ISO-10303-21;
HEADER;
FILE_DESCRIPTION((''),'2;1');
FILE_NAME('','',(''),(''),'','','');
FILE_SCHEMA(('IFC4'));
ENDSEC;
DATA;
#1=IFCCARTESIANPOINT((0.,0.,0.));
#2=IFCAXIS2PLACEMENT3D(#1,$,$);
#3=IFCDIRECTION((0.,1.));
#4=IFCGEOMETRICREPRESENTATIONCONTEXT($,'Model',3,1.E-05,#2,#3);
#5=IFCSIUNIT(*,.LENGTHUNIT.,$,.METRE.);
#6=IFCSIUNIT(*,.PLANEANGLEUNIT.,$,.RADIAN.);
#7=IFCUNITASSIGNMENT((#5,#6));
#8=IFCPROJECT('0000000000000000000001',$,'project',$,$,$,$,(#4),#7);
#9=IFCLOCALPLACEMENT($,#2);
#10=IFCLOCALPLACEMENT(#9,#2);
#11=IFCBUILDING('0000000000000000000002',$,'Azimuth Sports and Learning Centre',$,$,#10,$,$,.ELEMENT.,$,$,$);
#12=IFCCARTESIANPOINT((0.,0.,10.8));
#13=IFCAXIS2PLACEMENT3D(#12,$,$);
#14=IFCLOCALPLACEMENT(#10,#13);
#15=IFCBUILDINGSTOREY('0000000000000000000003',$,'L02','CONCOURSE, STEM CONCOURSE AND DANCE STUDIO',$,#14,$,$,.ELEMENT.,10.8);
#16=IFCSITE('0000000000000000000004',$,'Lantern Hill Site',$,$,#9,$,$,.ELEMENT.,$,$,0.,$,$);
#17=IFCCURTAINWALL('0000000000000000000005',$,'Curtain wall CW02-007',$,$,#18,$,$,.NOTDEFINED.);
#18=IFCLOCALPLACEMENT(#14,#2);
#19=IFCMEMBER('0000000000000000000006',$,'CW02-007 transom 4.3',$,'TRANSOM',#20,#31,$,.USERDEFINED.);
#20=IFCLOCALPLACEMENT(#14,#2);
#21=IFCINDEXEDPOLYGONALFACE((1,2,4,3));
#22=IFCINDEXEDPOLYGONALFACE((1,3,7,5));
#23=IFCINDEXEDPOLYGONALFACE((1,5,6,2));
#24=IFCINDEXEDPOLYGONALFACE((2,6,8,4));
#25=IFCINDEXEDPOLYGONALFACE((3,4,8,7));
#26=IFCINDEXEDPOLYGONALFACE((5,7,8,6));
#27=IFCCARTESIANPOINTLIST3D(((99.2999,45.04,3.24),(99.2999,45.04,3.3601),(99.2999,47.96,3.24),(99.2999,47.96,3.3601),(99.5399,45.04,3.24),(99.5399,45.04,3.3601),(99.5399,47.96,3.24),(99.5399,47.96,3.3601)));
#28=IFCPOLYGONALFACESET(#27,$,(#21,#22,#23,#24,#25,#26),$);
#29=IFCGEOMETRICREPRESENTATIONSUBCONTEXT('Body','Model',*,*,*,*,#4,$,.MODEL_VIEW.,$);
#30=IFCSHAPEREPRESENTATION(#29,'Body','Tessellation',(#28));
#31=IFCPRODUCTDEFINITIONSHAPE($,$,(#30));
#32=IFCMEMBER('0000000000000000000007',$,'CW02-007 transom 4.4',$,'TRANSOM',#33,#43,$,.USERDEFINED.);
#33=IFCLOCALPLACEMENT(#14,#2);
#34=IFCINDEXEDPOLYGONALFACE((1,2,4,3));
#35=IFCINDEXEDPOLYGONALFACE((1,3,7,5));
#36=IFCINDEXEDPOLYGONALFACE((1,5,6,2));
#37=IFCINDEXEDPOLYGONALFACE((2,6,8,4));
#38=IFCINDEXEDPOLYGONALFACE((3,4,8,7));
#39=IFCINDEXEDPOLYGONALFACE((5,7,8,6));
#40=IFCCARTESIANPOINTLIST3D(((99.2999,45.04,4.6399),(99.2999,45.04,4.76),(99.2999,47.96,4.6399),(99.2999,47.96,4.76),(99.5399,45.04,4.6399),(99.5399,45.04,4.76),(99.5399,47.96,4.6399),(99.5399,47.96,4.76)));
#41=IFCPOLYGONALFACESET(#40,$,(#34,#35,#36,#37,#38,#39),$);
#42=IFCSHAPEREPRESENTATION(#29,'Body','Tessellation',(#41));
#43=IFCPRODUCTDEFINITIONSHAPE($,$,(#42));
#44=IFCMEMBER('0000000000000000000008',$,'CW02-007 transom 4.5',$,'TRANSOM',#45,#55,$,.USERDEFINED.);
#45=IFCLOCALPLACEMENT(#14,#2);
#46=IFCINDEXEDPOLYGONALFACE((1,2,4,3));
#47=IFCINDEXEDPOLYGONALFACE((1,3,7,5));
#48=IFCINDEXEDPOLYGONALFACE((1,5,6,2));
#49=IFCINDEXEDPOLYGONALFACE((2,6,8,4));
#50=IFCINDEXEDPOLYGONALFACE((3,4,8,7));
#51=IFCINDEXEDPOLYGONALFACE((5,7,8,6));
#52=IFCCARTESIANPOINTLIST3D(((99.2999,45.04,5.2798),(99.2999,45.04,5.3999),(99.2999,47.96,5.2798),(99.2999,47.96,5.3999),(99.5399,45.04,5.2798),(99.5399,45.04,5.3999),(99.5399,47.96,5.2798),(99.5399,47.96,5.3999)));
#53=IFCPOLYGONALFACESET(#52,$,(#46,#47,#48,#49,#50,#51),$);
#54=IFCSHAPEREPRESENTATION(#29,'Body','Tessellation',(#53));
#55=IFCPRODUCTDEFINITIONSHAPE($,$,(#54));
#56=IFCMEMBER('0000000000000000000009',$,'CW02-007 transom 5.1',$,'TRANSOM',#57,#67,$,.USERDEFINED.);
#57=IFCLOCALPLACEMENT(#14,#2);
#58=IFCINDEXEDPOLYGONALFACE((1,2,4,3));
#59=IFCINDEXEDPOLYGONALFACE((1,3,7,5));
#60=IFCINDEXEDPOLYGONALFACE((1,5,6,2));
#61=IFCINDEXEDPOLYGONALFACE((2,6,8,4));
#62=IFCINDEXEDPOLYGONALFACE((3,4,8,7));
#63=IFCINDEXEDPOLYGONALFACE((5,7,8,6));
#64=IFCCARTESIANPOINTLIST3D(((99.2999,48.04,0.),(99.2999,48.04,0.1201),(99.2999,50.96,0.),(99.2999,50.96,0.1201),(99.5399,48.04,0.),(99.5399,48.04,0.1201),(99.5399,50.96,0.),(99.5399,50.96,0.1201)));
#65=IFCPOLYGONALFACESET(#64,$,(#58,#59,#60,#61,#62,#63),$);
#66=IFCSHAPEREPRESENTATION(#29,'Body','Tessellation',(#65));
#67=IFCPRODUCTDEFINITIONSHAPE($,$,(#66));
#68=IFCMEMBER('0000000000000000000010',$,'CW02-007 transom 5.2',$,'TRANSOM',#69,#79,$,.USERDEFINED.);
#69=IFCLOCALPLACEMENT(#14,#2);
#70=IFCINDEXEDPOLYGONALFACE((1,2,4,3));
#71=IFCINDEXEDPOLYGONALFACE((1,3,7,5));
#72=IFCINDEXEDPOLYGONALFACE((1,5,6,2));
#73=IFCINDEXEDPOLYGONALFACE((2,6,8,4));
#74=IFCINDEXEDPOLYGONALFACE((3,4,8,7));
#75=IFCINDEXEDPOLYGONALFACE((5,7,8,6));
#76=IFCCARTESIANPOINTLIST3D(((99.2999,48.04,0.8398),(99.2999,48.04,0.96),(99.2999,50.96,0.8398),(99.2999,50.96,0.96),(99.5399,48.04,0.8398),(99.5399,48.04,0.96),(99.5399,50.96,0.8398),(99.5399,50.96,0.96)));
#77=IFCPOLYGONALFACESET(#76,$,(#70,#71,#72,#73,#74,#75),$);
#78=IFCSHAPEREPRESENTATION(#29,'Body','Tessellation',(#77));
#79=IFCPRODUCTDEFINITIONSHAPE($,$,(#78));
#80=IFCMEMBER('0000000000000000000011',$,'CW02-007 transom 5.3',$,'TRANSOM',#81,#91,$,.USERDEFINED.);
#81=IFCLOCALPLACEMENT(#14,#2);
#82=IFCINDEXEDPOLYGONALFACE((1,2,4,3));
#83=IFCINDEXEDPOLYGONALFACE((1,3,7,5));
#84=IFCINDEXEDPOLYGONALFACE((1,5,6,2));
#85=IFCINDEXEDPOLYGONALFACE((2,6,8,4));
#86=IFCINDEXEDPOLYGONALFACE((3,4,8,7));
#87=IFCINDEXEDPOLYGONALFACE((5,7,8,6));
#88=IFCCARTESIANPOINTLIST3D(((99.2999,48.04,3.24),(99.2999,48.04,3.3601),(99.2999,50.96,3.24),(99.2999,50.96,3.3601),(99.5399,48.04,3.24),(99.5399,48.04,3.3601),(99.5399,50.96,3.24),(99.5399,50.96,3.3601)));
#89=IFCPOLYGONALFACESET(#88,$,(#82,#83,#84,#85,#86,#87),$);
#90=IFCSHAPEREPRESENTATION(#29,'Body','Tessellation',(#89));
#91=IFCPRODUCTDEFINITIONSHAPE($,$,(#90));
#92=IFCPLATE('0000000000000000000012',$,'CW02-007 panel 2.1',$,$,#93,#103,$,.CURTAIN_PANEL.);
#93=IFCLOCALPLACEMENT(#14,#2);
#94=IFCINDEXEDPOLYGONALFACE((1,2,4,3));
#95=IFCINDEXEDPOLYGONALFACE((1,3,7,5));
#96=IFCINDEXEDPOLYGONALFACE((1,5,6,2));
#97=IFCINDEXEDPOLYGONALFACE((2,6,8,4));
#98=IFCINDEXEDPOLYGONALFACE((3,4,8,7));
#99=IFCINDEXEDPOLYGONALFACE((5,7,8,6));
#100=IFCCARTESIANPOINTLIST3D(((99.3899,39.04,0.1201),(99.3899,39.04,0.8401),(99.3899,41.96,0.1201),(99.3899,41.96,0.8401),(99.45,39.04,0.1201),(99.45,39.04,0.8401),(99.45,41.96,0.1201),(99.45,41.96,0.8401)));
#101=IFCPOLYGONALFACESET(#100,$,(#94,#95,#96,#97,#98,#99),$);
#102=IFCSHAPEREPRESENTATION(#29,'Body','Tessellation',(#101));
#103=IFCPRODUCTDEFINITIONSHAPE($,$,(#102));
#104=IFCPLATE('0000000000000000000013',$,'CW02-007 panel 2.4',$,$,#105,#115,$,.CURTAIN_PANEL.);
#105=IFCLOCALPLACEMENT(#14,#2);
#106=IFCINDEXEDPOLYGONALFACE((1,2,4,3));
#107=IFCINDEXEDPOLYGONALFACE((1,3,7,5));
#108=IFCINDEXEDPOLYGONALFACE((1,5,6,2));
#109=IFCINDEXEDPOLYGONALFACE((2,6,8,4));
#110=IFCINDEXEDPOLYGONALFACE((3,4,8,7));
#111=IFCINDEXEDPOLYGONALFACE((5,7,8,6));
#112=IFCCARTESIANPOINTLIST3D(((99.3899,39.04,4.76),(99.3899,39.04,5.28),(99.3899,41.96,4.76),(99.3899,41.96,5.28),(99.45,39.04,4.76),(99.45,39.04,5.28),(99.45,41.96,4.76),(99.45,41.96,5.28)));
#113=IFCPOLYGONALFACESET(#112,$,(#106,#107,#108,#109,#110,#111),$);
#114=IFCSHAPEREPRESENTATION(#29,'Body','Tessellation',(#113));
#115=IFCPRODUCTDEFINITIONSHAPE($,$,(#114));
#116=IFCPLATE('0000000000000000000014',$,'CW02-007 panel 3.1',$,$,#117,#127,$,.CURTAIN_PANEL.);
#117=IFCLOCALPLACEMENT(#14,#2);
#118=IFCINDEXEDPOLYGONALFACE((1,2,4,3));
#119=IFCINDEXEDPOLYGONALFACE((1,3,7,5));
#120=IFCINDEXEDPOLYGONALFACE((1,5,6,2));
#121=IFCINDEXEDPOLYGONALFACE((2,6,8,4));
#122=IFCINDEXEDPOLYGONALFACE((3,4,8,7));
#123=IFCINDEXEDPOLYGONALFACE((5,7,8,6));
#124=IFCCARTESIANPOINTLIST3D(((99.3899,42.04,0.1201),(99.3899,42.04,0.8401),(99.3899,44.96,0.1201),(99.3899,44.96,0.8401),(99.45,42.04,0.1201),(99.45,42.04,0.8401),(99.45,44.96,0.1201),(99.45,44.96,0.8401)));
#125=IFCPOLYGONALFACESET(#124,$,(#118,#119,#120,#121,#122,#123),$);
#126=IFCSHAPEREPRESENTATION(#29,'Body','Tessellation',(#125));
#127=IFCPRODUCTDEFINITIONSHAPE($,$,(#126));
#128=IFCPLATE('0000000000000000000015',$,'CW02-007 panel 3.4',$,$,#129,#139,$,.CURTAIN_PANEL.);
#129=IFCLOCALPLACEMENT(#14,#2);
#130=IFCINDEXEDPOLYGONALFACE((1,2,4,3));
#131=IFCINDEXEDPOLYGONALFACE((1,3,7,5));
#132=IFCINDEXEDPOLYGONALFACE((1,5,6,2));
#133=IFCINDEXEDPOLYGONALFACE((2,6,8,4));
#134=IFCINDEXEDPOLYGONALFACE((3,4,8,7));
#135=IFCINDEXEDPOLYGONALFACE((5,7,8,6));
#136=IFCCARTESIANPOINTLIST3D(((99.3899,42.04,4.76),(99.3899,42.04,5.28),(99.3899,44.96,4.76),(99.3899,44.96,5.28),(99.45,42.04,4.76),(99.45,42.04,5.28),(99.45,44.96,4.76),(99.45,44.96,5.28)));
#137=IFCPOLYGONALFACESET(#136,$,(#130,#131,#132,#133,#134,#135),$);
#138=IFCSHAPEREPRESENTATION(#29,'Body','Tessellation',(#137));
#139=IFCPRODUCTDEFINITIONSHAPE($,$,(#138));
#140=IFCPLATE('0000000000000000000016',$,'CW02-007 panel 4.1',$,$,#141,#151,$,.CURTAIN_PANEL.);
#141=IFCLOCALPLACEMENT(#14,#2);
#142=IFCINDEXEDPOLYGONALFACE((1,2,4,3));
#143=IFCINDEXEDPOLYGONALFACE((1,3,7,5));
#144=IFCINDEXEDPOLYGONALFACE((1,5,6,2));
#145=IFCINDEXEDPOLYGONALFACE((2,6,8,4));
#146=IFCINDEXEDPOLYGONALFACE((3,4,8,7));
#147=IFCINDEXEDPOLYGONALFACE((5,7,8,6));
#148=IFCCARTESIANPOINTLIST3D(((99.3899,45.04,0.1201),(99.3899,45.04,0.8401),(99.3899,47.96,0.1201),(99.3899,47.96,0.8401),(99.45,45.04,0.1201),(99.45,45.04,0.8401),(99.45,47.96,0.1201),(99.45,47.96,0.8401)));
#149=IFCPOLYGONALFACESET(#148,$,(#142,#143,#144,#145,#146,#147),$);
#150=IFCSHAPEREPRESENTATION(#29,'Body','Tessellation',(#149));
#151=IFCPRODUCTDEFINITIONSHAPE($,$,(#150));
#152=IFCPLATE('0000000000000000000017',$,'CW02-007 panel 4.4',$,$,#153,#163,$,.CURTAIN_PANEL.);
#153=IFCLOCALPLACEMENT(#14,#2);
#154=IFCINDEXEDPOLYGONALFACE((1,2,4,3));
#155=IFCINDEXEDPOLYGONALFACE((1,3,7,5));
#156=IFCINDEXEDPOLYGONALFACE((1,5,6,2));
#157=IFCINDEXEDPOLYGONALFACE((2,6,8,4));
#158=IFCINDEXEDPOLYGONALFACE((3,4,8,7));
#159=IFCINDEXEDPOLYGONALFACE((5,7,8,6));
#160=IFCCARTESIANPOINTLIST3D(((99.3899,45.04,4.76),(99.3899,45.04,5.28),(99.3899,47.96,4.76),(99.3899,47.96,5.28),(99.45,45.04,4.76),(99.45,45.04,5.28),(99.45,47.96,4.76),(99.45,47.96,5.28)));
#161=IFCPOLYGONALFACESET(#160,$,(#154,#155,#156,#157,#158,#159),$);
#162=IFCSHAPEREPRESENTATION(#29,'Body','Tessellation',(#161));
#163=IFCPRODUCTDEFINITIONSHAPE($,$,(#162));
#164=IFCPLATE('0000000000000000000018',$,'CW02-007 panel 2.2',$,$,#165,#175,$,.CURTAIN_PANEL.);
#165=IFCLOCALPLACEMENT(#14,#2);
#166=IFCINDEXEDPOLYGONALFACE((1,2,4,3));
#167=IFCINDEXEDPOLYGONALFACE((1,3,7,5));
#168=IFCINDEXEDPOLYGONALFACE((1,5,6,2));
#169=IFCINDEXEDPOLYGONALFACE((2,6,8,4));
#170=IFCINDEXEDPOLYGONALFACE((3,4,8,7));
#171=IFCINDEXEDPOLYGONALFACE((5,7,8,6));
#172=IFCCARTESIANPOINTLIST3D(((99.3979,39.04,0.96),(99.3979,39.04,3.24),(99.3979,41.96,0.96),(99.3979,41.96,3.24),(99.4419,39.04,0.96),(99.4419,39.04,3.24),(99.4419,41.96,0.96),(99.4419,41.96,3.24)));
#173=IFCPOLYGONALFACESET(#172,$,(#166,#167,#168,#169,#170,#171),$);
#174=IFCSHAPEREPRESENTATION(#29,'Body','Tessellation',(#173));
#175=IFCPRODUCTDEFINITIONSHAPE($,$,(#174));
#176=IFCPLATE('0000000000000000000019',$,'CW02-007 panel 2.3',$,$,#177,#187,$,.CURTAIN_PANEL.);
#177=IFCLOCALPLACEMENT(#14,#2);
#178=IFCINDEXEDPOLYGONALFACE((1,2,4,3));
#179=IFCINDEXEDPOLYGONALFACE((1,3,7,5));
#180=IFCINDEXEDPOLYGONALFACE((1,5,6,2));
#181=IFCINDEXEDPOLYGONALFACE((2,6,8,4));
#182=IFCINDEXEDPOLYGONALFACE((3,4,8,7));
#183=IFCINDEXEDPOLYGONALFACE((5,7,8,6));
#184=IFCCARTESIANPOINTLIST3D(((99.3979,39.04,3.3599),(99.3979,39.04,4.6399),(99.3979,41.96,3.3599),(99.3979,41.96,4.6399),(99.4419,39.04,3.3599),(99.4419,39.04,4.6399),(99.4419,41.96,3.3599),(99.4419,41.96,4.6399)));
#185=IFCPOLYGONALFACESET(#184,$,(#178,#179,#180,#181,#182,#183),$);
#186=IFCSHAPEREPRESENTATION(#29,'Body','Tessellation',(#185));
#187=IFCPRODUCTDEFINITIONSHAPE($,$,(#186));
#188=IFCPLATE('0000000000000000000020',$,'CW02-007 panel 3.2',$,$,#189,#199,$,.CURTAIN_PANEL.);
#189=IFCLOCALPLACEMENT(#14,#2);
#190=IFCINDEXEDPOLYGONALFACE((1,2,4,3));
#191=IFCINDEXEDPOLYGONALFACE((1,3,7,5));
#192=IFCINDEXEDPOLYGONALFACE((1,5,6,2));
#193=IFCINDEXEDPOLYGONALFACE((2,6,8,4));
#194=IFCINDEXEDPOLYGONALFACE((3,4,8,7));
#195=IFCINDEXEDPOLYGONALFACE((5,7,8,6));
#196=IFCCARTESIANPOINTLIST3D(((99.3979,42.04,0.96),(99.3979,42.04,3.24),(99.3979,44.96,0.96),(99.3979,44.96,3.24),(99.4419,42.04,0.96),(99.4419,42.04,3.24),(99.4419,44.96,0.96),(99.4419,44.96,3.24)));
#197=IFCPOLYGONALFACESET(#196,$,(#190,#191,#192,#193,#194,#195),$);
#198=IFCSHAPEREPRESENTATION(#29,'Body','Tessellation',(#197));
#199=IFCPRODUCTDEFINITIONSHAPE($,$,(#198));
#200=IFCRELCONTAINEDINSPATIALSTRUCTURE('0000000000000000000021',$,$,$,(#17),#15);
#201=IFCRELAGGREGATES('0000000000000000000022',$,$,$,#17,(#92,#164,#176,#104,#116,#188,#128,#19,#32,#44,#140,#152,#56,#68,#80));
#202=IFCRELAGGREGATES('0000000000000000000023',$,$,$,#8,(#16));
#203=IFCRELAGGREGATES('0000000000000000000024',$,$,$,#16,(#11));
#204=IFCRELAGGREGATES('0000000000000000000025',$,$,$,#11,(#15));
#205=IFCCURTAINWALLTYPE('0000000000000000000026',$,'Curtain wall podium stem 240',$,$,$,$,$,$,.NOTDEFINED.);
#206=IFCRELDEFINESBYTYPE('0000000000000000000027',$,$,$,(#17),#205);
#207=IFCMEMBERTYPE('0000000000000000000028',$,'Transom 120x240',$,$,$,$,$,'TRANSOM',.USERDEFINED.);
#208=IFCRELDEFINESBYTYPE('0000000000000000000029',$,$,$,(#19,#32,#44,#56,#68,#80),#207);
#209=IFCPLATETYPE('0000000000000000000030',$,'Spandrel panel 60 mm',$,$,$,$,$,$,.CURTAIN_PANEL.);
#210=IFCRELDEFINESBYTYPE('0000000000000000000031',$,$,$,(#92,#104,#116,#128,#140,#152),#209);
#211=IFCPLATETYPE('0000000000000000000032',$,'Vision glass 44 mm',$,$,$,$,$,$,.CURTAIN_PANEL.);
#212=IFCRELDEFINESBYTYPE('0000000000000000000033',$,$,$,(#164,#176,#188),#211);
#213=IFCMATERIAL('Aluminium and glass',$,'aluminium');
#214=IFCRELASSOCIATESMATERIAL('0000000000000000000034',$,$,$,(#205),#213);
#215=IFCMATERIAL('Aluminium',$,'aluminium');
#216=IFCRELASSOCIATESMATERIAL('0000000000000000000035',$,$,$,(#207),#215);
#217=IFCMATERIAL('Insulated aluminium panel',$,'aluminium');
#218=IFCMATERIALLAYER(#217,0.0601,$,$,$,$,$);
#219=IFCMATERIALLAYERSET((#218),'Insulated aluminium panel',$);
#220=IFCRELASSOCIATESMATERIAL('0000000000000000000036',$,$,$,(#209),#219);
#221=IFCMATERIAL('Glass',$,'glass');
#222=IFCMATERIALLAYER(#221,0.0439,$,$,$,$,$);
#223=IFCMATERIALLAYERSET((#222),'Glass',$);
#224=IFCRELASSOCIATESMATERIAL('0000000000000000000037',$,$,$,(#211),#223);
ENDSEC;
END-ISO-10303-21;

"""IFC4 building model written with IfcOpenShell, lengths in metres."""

from ifc_helpers import new_model, si_unit, direction, frame, origin, origin_2d, place, context, subcontext, project, spatial, rectangle, extrude, material, layer, layer_set, material_profile, profile_set, type_object, element, aggregate, save


model = new_model("IFC4")

# Units and contexts
model_context = context("Model", 3, precision=1e-05, world=origin(), true_north=direction((0.0, 1.0)))
body_context = subcontext(model_context, "Body", "Model", "MODEL_VIEW")
ifc_project = project(units=[si_unit("LENGTHUNIT", "METRE"), si_unit("PLANEANGLEUNIT", "RADIAN")], contexts=[model_context])

# Site, building, storey
site_placement = place(None, origin())
site = spatial("IfcSite", under=ifc_project, at=site_placement, Name="Lantern Hill Site", CompositionType="ELEMENT", RefElevation=0.0)
building_placement = place(site_placement, origin())
building = spatial("IfcBuilding", under=site, at=building_placement, Name="Azimuth Sports and Learning Centre", CompositionType="ELEMENT")
storey_placement = place(building_placement, frame((0.0, 0.0, 10.8)))
storey = spatial("IfcBuildingStorey", under=building, at=storey_placement, Name="L02", Description="CONCOURSE, STEM CONCOURSE AND DANCE STUDIO", CompositionType="ELEMENT", Elevation=10.8)

# Curtain wall, members, plates
ifc_material_1 = material(Name="Aluminium and glass", Category="aluminium")
curtain_wall_type = type_object("IfcCurtainWallType", Name="Curtain wall podium stem 240", PredefinedType="NOTDEFINED", material=ifc_material_1)
curtain_wall_placement = place(storey_placement, origin())
curtain_wall = element("IfcCurtainWall", 1, at=curtain_wall_placement, inside=storey, type_object=curtain_wall_type, Name="Curtain wall CW02-007", PredefinedType="NOTDEFINED")
ifc_material_2 = material(Name="Aluminium", Category="aluminium")
ifc_material_profile_1 = material_profile(ifc_material_2, rectangle(XDim=0.24, YDim=0.1201, at=origin_2d()), Name="Transom 120x240")
ifc_profile_set_1 = profile_set([ifc_material_profile_1], Name="Aluminium")
member_type_1 = type_object("IfcMemberType", Name="Transom 120x240", ElementType="TRANSOM", PredefinedType="USERDEFINED", material=ifc_profile_set_1)
member_1_placement = place(storey_placement, frame((99.4199, 45.04, 3.3), z_axis=(0.0, 1.0, 0.0), x_axis=(-1.0, 0.0, 0.0)))
member_1 = element("IfcMember", 2, at=member_1_placement, type_object=member_type_1, Name="CW02-007 transom 4.3", ObjectType="TRANSOM", PredefinedType="USERDEFINED", context=body_context, shape_type="SweptSolid", body=[
    extrude(rectangle(XDim=0.24, YDim=0.1201, at=origin_2d()), origin(), (0.0, 0.0, 1.0), 2.9199),
])
member_2_placement = place(storey_placement, frame((99.4199, 45.04, 4.7), z_axis=(0.0, 1.0, 0.0), x_axis=(-1.0, 0.0, 0.0)))
member_2 = element("IfcMember", 3, at=member_2_placement, type_object=member_type_1, Name="CW02-007 transom 4.4", ObjectType="TRANSOM", PredefinedType="USERDEFINED", context=body_context, shape_type="SweptSolid", body=[
    extrude(rectangle(XDim=0.24, YDim=0.1201, at=origin_2d()), origin(), (0.0, 0.0, 1.0), 2.9199),
])
member_3_placement = place(storey_placement, frame((99.4199, 45.04, 5.3398), z_axis=(0.0, 1.0, 0.0), x_axis=(-1.0, 0.0, 0.0)))
member_3 = element("IfcMember", 4, at=member_3_placement, type_object=member_type_1, Name="CW02-007 transom 4.5", ObjectType="TRANSOM", PredefinedType="USERDEFINED", context=body_context, shape_type="SweptSolid", body=[
    extrude(rectangle(XDim=0.24, YDim=0.1201, at=origin_2d()), origin(), (0.0, 0.0, 1.0), 2.9199),
])
member_4_placement = place(storey_placement, frame((99.4199, 48.04, 0.0601), z_axis=(0.0, 1.0, 0.0), x_axis=(-1.0, 0.0, 0.0)))
member_4 = element("IfcMember", 5, at=member_4_placement, type_object=member_type_1, Name="CW02-007 transom 5.1", ObjectType="TRANSOM", PredefinedType="USERDEFINED", context=body_context, shape_type="SweptSolid", body=[
    extrude(rectangle(XDim=0.24, YDim=0.1201, at=origin_2d()), origin(), (0.0, 0.0, 1.0), 2.9199),
])
member_5_placement = place(storey_placement, frame((99.4199, 48.04, 0.8999), z_axis=(0.0, 1.0, 0.0), x_axis=(-1.0, 0.0, 0.0)))
member_5 = element("IfcMember", 6, at=member_5_placement, type_object=member_type_1, Name="CW02-007 transom 5.2", ObjectType="TRANSOM", PredefinedType="USERDEFINED", context=body_context, shape_type="SweptSolid", body=[
    extrude(rectangle(XDim=0.24, YDim=0.1201, at=origin_2d()), origin(), (0.0, 0.0, 1.0), 2.9199),
])
member_6_placement = place(storey_placement, frame((99.4199, 48.04, 3.3), z_axis=(0.0, 1.0, 0.0), x_axis=(-1.0, 0.0, 0.0)))
member_6 = element("IfcMember", 7, at=member_6_placement, type_object=member_type_1, Name="CW02-007 transom 5.3", ObjectType="TRANSOM", PredefinedType="USERDEFINED", context=body_context, shape_type="SweptSolid", body=[
    extrude(rectangle(XDim=0.24, YDim=0.1201, at=origin_2d()), origin(), (0.0, 0.0, 1.0), 2.9199),
])
ifc_material_3 = material(Name="Insulated aluminium panel", Category="aluminium")
ifc_layer_1 = layer(ifc_material_3, 0.0601)
ifc_layer_set_1 = layer_set([ifc_layer_1], Name="Insulated aluminium panel")
plate_type_1 = type_object("IfcPlateType", Name="Spandrel panel 60 mm", PredefinedType="CURTAIN_PANEL", material=ifc_layer_set_1)
plate_1_placement = place(storey_placement, frame((99.4199, 40.5, 0.1201), z_axis=(0.0, 0.0, 1.0), x_axis=(0.0, 1.0, 0.0)))
plate_1 = element("IfcPlate", 8, at=plate_1_placement, type_object=plate_type_1, Name="CW02-007 panel 2.1", PredefinedType="CURTAIN_PANEL", context=body_context, shape_type="SweptSolid", body=[
    extrude(rectangle(XDim=2.9199, YDim=0.0601, at=origin_2d()), origin(), (0.0, 0.0, 1.0), 0.72),
])
plate_2_placement = place(storey_placement, frame((99.4199, 40.5, 4.76), z_axis=(0.0, 0.0, 1.0), x_axis=(0.0, 1.0, 0.0)))
plate_2 = element("IfcPlate", 9, at=plate_2_placement, type_object=plate_type_1, Name="CW02-007 panel 2.4", PredefinedType="CURTAIN_PANEL", context=body_context, shape_type="SweptSolid", body=[
    extrude(rectangle(XDim=2.9199, YDim=0.0601, at=origin_2d()), origin(), (0.0, 0.0, 1.0), 0.52),
])
plate_3_placement = place(storey_placement, frame((99.4199, 43.5, 0.1201), z_axis=(0.0, 0.0, 1.0), x_axis=(0.0, 1.0, 0.0)))
plate_3 = element("IfcPlate", 10, at=plate_3_placement, type_object=plate_type_1, Name="CW02-007 panel 3.1", PredefinedType="CURTAIN_PANEL", context=body_context, shape_type="SweptSolid", body=[
    extrude(rectangle(XDim=2.9199, YDim=0.0601, at=origin_2d()), origin(), (0.0, 0.0, 1.0), 0.72),
])
plate_4_placement = place(storey_placement, frame((99.4199, 43.5, 4.76), z_axis=(0.0, 0.0, 1.0), x_axis=(0.0, 1.0, 0.0)))
plate_4 = element("IfcPlate", 11, at=plate_4_placement, type_object=plate_type_1, Name="CW02-007 panel 3.4", PredefinedType="CURTAIN_PANEL", context=body_context, shape_type="SweptSolid", body=[
    extrude(rectangle(XDim=2.9199, YDim=0.0601, at=origin_2d()), origin(), (0.0, 0.0, 1.0), 0.52),
])
plate_5_placement = place(storey_placement, frame((99.4199, 46.5, 0.1201), z_axis=(0.0, 0.0, 1.0), x_axis=(0.0, 1.0, 0.0)))
plate_5 = element("IfcPlate", 12, at=plate_5_placement, type_object=plate_type_1, Name="CW02-007 panel 4.1", PredefinedType="CURTAIN_PANEL", context=body_context, shape_type="SweptSolid", body=[
    extrude(rectangle(XDim=2.9199, YDim=0.0601, at=origin_2d()), origin(), (0.0, 0.0, 1.0), 0.72),
])
plate_6_placement = place(storey_placement, frame((99.4199, 46.5, 4.76), z_axis=(0.0, 0.0, 1.0), x_axis=(0.0, 1.0, 0.0)))
plate_6 = element("IfcPlate", 13, at=plate_6_placement, type_object=plate_type_1, Name="CW02-007 panel 4.4", PredefinedType="CURTAIN_PANEL", context=body_context, shape_type="SweptSolid", body=[
    extrude(rectangle(XDim=2.9199, YDim=0.0601, at=origin_2d()), origin(), (0.0, 0.0, 1.0), 0.52),
])
ifc_material_4 = material(Name="Glass", Category="glass")
ifc_layer_2 = layer(ifc_material_4, 0.0439)
ifc_layer_set_2 = layer_set([ifc_layer_2], Name="Glass")
plate_type_2 = type_object("IfcPlateType", Name="Vision glass 44 mm", PredefinedType="CURTAIN_PANEL", material=ifc_layer_set_2)
plate_7_placement = place(storey_placement, frame((99.4199, 40.5, 0.96), z_axis=(0.0, 0.0, 1.0), x_axis=(0.0, 1.0, 0.0)))
plate_7 = element("IfcPlate", 14, at=plate_7_placement, type_object=plate_type_2, Name="CW02-007 panel 2.2", PredefinedType="CURTAIN_PANEL", context=body_context, shape_type="SweptSolid", body=[
    extrude(rectangle(XDim=2.9199, YDim=0.0439, at=origin_2d()), origin(), (0.0, 0.0, 1.0), 2.28),
])
plate_8_placement = place(storey_placement, frame((99.4199, 40.5, 3.3599), z_axis=(0.0, 0.0, 1.0), x_axis=(0.0, 1.0, 0.0)))
plate_8 = element("IfcPlate", 15, at=plate_8_placement, type_object=plate_type_2, Name="CW02-007 panel 2.3", PredefinedType="CURTAIN_PANEL", context=body_context, shape_type="SweptSolid", body=[
    extrude(rectangle(XDim=2.9199, YDim=0.0439, at=origin_2d()), origin(), (0.0, 0.0, 1.0), 1.28),
])
plate_9_placement = place(storey_placement, frame((99.4199, 43.5, 0.96), z_axis=(0.0, 0.0, 1.0), x_axis=(0.0, 1.0, 0.0)))
plate_9 = element("IfcPlate", 16, at=plate_9_placement, type_object=plate_type_2, Name="CW02-007 panel 3.2", PredefinedType="CURTAIN_PANEL", context=body_context, shape_type="SweptSolid", body=[
    extrude(rectangle(XDim=2.9199, YDim=0.0439, at=origin_2d()), origin(), (0.0, 0.0, 1.0), 2.28),
])
aggregate(curtain_wall, [plate_1, plate_7, plate_8, plate_2, plate_3, plate_9, plate_4, member_1, member_2, member_3, plate_5, plate_6, member_4, member_5, member_6])

save(model, "model.ifc")
